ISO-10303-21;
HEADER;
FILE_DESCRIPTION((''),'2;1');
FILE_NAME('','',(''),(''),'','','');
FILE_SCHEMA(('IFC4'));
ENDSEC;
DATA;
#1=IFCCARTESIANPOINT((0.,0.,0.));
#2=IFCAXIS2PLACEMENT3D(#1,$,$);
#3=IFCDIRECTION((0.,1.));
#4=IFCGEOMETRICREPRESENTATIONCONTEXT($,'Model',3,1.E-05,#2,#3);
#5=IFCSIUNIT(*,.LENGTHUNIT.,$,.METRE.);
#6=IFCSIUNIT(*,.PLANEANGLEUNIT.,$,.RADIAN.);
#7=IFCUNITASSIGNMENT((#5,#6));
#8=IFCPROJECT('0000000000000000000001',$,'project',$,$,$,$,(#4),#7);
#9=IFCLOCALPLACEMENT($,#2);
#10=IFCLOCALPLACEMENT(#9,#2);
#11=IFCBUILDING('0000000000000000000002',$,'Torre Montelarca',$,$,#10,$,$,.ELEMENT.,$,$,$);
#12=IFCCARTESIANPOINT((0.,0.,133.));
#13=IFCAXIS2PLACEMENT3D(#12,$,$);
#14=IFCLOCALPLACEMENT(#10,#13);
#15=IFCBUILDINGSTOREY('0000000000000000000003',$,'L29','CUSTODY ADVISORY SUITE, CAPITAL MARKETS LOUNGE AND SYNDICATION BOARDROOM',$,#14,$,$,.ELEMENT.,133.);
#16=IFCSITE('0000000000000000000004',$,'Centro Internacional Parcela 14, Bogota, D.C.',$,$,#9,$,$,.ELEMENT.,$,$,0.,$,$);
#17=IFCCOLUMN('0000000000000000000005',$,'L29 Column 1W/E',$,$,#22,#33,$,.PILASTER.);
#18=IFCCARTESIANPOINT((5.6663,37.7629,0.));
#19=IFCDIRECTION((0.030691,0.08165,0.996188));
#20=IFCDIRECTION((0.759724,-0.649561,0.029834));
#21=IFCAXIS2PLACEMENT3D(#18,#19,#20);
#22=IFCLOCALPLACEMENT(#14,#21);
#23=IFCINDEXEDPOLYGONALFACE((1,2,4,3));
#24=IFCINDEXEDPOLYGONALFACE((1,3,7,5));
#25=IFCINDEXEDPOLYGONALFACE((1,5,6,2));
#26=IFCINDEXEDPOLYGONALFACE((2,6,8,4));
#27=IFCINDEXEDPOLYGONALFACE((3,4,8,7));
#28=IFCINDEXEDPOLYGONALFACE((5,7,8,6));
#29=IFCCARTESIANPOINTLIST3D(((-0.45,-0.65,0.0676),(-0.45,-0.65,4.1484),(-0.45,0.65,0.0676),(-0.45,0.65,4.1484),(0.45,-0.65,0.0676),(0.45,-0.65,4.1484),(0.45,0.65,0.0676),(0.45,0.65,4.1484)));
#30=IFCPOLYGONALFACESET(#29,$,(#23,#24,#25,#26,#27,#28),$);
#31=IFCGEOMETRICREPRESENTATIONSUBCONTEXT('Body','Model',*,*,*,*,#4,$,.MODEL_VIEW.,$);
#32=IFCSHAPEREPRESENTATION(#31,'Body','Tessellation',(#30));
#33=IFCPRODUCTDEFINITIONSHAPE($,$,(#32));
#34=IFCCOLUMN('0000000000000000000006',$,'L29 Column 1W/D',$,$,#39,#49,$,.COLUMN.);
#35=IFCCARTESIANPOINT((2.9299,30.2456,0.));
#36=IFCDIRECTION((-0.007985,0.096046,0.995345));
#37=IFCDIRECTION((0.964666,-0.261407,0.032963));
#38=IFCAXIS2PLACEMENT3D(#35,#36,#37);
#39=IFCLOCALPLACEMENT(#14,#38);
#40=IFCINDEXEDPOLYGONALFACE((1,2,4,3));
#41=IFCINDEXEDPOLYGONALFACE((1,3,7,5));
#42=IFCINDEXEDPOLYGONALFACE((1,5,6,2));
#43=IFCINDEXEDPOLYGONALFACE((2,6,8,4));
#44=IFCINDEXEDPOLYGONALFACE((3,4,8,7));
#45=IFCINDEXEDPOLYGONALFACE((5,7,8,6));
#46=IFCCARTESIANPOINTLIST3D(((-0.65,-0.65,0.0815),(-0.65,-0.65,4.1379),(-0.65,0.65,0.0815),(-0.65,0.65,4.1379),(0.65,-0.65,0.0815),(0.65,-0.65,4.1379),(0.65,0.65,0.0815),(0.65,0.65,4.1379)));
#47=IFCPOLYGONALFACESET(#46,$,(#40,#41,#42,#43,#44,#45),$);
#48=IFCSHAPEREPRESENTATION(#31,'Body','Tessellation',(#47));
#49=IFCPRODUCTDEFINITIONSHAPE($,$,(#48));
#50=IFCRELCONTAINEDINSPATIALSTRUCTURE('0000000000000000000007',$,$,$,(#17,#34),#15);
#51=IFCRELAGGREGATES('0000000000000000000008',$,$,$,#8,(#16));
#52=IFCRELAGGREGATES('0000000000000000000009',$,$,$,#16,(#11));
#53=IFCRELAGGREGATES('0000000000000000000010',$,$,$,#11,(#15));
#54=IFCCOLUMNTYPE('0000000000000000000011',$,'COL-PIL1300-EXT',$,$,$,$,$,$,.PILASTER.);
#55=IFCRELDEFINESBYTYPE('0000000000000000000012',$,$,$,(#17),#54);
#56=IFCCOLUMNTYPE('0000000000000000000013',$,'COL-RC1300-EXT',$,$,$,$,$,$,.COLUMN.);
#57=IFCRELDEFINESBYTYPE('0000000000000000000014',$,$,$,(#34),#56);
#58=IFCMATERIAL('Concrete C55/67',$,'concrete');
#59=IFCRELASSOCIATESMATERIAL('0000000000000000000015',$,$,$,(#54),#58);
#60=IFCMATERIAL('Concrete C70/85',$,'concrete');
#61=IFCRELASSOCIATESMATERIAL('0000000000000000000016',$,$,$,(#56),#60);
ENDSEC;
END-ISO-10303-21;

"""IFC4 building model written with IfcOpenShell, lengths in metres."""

from ifc_helpers import new_model, si_unit, direction, frame, origin, origin_2d, place, context, subcontext, project, spatial, rectangle, extrude, clip, halfspace, material, material_profile, profile_set, type_object, element, save


model = new_model("IFC4")

# Units and contexts
model_context = context("Model", 3, precision=1e-05, world=origin(), true_north=direction((0.0, 1.0)))
body_context = subcontext(model_context, "Body", "Model", "MODEL_VIEW")
ifc_project = project(units=[si_unit("LENGTHUNIT", "METRE"), si_unit("PLANEANGLEUNIT", "RADIAN")], contexts=[model_context])

# Site, building, storey
site_placement = place(None, origin())
site = spatial("IfcSite", under=ifc_project, at=site_placement, Name="Centro Internacional Parcela 14, Bogota, D.C.", CompositionType="ELEMENT", RefElevation=0.0)
building_placement = place(site_placement, origin())
building = spatial("IfcBuilding", under=site, at=building_placement, Name="Torre Montelarca", CompositionType="ELEMENT")
storey_placement = place(building_placement, frame((0.0, 0.0, 133.0)))
storey = spatial("IfcBuildingStorey", under=building, at=storey_placement, Name="L29", Description="CUSTODY ADVISORY SUITE, CAPITAL MARKETS LOUNGE AND SYNDICATION BOARDROOM", CompositionType="ELEMENT", Elevation=133.0)

# Columns
ifc_material_1 = material(Name="Concrete C55/67", Category="concrete")
ifc_material_profile_1 = material_profile(ifc_material_1, rectangle(XDim=0.8999, YDim=1.3, at=origin_2d()), Name="RC1300X900", Category="concrete")
ifc_profile_set_1 = profile_set([ifc_material_profile_1], Name="Concrete C55/67")
column_type_1 = type_object("IfcColumnType", Name="COL-PIL1300-EXT", PredefinedType="PILASTER", material=ifc_profile_set_1)
column_1_placement = place(storey_placement, frame((5.6663, 37.7629, 0.0), z_axis=(0.030691, 0.08165, 0.996188), x_axis=(0.759724, -0.649561, 0.029834)))
element("IfcColumn", 1, at=column_1_placement, inside=storey, type_object=column_type_1, Name="L29 Column 1W/E", PredefinedType="PILASTER", context=body_context, shape_type="Clipping", body=[
    clip(clip(extrude(rectangle(XDim=0.8999, YDim=1.3, at=origin_2d()), origin(), (0.0, 0.0, 1.0), 4.2161), halfspace(frame((0.0, 0.0, 0.0676), z_axis=(0.0, 0.0, -1.0), x_axis=(1.0, 0.0, 0.0)), False)), halfspace(frame((0.0, 0.0, 4.1484), z_axis=(0.0, 0.0, 1.0), x_axis=(1.0, 0.0, 0.0)), False)),
])
ifc_material_2 = material(Name="Concrete C70/85", Category="concrete")
ifc_material_profile_2 = material_profile(ifc_material_2, rectangle(XDim=1.3, YDim=1.3, at=origin_2d()), Name="RC1300X1300", Category="concrete")
ifc_profile_set_2 = profile_set([ifc_material_profile_2], Name="Concrete C70/85")
column_type_2 = type_object("IfcColumnType", Name="COL-RC1300-EXT", PredefinedType="COLUMN", material=ifc_profile_set_2)
column_2_placement = place(storey_placement, frame((2.9299, 30.2456, 0.0), z_axis=(-0.007985, 0.096046, 0.995345), x_axis=(0.964666, -0.261407, 0.032963)))
element("IfcColumn", 2, at=column_2_placement, inside=storey, type_object=column_type_2, Name="L29 Column 1W/D", PredefinedType="COLUMN", context=body_context, shape_type="Clipping", body=[
    clip(clip(extrude(rectangle(XDim=1.3, YDim=1.3, at=origin_2d()), origin(), (0.0, 0.0, 1.0), 4.2195), halfspace(frame((0.0, 0.0, 0.0815), z_axis=(0.0, 0.0, -1.0), x_axis=(1.0, 0.0, 0.0)), False)), halfspace(frame((0.0, 0.0, 4.1379), z_axis=(0.0, 0.0, 1.0), x_axis=(1.0, 0.0, 0.0)), False)),
])

save(model, "model.ifc")
